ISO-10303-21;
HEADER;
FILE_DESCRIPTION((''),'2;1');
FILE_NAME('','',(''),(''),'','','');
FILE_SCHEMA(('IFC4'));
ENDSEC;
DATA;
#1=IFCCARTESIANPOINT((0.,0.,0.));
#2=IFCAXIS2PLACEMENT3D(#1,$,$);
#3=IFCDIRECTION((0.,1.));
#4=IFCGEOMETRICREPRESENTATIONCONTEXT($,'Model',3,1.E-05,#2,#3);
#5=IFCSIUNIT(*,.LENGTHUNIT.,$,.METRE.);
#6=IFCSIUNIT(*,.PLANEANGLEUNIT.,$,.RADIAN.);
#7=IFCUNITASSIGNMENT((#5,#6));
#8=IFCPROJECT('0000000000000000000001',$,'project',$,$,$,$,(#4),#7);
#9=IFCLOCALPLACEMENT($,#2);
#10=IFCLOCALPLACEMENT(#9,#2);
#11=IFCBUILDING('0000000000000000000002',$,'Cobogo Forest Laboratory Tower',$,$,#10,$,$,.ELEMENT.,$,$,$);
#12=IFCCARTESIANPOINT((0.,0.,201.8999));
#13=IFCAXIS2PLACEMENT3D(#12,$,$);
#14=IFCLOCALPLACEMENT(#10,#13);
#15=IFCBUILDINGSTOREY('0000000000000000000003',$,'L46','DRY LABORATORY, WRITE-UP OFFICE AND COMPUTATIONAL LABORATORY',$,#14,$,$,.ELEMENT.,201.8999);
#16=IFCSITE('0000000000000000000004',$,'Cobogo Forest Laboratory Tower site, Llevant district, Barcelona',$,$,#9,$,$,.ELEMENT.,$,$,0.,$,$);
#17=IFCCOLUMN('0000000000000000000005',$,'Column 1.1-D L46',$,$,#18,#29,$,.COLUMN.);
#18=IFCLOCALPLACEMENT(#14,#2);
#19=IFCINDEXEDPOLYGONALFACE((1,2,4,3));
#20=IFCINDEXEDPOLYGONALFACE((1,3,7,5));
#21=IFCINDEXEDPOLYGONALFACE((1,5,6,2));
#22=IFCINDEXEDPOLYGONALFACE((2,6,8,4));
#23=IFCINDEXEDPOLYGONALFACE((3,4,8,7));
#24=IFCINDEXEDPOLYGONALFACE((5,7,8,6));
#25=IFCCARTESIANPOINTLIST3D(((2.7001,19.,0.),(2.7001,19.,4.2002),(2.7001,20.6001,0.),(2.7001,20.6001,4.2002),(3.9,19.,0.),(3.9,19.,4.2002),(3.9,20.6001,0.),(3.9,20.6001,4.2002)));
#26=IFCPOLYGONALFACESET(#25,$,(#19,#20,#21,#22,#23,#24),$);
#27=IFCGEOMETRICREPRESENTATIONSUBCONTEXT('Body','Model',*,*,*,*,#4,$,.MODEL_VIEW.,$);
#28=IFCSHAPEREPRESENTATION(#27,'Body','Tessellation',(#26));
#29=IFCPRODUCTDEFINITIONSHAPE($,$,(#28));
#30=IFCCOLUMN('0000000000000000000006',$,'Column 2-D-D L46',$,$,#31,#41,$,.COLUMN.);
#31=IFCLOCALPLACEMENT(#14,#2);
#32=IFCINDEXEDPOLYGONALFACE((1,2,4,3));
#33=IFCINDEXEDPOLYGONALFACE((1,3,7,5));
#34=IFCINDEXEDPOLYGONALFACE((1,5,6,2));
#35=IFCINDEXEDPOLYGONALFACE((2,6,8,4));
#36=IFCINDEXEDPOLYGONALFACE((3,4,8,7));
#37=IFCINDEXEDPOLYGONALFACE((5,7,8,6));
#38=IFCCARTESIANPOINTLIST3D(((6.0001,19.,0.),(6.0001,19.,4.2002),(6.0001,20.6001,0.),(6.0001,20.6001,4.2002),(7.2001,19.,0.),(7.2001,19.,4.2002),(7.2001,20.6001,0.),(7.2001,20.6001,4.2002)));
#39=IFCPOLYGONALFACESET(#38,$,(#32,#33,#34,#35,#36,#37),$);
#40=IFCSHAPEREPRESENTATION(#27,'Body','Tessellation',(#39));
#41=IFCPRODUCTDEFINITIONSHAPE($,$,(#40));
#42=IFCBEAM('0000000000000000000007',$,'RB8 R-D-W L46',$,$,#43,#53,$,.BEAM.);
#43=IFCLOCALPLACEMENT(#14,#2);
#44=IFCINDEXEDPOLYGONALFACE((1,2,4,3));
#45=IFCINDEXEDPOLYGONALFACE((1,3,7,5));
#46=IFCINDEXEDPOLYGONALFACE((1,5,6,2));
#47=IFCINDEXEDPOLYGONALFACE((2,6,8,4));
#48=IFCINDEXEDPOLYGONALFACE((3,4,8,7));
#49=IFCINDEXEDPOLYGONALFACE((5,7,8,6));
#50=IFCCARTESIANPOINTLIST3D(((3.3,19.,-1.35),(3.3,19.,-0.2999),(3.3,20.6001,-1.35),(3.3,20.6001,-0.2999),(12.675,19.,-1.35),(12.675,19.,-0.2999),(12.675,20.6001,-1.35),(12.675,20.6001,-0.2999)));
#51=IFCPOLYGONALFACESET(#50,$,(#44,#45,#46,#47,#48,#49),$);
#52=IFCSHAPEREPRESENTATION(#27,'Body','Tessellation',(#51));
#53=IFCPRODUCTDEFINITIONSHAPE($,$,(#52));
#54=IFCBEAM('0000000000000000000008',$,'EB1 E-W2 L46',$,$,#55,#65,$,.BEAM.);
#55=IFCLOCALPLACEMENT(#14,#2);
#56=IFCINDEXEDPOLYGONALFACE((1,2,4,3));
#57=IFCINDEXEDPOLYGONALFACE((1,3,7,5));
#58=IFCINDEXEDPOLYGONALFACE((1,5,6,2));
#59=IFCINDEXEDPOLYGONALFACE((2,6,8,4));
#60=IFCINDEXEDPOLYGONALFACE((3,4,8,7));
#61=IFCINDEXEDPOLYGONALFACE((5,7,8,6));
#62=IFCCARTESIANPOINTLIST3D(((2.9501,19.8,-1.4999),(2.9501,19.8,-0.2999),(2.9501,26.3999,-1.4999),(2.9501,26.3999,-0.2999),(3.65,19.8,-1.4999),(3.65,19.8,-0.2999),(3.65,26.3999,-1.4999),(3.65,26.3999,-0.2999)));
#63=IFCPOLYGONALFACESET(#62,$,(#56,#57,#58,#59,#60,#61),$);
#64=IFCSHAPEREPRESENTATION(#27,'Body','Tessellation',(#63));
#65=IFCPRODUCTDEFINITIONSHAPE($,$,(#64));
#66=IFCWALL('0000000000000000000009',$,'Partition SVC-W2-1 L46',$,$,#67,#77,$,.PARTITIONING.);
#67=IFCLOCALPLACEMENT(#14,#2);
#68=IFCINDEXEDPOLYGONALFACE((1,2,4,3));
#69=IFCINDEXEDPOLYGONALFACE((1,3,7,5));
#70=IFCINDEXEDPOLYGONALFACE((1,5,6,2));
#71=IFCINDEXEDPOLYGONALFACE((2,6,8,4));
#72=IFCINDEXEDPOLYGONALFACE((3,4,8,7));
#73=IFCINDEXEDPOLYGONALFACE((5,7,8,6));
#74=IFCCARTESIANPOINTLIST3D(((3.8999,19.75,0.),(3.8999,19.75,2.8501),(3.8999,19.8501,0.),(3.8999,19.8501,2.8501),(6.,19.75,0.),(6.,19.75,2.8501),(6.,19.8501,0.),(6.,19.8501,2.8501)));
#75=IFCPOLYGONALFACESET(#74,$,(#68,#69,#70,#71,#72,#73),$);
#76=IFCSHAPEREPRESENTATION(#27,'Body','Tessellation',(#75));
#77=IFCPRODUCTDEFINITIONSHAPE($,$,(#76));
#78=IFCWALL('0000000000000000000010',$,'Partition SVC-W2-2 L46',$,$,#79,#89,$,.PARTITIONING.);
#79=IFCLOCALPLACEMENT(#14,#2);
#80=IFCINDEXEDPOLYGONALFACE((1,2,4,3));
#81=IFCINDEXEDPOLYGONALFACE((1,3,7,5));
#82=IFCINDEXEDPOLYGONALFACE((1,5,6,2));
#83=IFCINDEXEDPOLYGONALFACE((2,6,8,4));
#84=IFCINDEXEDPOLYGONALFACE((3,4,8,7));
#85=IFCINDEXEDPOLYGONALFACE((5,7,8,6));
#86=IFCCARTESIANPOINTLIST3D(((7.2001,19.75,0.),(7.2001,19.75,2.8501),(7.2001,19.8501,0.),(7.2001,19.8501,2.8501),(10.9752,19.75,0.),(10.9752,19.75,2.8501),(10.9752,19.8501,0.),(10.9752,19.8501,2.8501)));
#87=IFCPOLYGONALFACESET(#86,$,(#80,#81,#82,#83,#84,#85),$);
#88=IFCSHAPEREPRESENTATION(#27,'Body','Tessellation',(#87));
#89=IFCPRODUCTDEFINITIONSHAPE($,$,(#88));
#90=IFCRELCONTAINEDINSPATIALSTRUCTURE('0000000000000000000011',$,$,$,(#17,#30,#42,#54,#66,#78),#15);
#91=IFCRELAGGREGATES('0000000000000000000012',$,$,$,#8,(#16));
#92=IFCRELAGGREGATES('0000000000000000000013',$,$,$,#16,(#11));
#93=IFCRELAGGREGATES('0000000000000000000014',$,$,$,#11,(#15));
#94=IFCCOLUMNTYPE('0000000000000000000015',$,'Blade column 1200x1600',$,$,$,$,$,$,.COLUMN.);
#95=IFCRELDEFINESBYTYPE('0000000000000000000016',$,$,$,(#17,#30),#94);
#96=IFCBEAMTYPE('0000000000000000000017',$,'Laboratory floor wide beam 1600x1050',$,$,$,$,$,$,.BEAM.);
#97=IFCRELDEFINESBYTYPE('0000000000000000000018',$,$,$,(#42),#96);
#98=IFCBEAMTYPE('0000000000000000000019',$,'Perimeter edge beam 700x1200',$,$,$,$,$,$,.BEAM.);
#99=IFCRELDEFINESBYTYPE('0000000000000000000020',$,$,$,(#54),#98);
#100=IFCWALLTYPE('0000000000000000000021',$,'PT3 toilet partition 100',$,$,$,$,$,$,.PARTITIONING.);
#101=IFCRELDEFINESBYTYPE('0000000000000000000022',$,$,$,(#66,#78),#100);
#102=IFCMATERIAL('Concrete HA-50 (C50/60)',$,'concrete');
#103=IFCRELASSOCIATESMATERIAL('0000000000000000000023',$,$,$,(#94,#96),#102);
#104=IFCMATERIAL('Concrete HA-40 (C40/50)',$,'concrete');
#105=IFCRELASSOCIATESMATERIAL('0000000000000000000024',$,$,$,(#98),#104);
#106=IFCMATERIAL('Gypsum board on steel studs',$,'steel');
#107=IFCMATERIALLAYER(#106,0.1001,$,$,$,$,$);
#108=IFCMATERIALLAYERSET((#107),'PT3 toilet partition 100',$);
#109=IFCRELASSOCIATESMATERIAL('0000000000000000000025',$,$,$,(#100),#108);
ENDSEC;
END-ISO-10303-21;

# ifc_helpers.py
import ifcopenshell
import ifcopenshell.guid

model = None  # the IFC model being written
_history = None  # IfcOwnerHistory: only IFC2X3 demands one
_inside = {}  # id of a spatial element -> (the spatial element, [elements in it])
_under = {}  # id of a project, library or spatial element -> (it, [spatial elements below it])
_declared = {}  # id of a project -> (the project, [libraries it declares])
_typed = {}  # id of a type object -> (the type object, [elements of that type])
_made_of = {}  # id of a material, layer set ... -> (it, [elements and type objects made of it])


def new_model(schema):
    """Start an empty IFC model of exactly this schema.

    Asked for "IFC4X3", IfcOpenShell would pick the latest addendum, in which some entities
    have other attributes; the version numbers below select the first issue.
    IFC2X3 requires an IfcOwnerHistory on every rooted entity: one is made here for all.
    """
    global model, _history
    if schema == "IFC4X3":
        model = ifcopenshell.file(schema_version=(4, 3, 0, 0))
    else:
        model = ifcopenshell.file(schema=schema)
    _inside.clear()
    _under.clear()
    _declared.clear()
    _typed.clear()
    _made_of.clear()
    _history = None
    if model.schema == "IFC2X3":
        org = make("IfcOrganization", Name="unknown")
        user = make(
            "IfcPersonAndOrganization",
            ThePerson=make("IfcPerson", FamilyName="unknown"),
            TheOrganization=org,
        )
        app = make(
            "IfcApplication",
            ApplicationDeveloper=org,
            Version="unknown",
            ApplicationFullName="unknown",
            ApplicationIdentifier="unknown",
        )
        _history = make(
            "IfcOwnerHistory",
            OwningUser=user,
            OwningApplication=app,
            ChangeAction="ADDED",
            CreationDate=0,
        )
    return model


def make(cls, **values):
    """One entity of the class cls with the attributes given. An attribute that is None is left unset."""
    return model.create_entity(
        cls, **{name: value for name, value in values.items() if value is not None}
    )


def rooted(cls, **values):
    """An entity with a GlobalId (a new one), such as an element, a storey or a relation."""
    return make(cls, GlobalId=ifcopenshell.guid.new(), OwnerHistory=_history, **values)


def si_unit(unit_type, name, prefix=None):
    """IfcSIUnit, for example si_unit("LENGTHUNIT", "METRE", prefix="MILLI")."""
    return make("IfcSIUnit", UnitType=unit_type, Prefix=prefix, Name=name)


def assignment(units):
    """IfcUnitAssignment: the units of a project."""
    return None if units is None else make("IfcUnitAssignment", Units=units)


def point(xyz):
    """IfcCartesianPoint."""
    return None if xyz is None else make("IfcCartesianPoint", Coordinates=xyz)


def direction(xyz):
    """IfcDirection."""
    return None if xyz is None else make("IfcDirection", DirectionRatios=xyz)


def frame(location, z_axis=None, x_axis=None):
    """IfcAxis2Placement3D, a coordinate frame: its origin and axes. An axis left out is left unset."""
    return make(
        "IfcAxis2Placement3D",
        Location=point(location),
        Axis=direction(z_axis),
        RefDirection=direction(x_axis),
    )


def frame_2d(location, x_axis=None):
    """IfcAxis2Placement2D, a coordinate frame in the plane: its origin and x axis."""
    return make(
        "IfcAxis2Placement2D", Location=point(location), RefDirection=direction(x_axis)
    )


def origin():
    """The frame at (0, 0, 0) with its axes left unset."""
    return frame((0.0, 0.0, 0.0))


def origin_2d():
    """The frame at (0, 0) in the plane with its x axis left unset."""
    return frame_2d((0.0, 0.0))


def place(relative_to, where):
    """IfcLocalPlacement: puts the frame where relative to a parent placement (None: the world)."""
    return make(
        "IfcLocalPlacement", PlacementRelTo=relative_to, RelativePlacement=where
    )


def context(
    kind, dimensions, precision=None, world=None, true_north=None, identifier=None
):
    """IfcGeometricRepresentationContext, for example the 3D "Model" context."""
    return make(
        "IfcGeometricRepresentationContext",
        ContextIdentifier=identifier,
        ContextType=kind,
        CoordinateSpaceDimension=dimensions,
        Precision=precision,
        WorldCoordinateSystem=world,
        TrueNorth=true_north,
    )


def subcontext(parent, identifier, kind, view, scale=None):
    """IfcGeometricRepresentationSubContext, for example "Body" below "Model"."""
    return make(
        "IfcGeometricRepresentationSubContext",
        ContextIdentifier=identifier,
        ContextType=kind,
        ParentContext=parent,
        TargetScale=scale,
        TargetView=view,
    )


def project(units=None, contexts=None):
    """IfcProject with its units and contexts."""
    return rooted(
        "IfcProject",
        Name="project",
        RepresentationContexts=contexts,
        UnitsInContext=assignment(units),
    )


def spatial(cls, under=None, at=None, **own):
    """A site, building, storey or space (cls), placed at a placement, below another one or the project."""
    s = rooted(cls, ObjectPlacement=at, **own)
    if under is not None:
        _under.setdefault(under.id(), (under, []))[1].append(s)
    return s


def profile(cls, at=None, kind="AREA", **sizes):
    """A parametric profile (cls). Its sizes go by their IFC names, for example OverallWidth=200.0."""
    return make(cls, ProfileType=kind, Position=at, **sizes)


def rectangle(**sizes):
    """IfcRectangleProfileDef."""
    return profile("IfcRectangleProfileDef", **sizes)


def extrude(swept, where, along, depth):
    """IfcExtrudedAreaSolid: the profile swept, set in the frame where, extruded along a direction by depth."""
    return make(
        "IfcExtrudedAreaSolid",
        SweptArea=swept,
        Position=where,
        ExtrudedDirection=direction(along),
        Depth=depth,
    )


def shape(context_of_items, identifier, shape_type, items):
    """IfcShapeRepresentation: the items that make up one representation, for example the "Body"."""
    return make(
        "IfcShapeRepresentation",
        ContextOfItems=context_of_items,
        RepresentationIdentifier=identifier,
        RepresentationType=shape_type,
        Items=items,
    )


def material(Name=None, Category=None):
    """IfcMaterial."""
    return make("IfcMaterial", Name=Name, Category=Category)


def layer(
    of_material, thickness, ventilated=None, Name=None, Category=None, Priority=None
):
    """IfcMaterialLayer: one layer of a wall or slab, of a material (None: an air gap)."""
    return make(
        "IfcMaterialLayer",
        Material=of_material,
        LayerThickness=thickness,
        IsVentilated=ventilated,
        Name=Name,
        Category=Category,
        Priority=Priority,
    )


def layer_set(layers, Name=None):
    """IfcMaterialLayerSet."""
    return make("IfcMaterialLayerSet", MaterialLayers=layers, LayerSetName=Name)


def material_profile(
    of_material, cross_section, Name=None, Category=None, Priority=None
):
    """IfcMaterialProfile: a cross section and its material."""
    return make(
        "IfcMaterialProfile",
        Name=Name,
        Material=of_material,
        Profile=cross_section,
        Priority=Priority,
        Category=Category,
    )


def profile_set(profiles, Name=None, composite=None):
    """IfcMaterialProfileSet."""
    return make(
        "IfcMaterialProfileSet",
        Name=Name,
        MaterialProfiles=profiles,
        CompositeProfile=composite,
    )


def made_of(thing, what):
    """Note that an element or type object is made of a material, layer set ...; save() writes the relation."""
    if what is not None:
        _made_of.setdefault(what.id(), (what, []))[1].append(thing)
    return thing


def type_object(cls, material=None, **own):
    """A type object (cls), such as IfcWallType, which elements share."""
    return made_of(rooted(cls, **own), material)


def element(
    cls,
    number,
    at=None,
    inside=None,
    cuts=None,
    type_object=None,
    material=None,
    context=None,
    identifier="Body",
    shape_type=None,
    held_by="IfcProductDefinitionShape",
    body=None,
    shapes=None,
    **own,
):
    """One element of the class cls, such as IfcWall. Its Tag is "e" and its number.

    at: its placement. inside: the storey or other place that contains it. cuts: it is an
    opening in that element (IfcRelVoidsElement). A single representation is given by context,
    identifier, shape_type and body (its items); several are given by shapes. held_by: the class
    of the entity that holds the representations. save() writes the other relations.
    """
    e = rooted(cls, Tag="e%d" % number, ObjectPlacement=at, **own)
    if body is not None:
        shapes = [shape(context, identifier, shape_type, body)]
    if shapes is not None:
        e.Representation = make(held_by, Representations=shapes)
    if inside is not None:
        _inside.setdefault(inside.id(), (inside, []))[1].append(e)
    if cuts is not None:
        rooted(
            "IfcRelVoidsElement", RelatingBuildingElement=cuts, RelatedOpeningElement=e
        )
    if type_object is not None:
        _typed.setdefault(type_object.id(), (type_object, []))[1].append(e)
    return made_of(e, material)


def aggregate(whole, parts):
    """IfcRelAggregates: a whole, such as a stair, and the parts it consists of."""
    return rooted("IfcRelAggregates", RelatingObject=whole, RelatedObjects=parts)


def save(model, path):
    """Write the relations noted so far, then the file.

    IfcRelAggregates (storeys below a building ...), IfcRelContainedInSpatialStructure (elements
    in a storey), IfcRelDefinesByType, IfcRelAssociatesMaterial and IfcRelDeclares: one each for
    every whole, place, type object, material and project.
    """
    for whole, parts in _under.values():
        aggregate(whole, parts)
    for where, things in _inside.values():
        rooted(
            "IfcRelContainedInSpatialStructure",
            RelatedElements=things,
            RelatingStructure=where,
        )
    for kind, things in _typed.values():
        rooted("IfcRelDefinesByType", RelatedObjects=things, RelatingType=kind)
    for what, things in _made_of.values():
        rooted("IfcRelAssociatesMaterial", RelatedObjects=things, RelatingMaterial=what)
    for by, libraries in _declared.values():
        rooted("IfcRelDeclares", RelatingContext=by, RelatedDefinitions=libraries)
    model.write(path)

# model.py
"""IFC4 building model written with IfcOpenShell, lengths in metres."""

from ifc_helpers import new_model, si_unit, direction, frame, frame_2d, origin, origin_2d, place, context, subcontext, project, spatial, rectangle, extrude, material, layer, layer_set, material_profile, profile_set, type_object, element, save


model = new_model("IFC4")

# Units and contexts
model_context = context("Model", 3, precision=1e-05, world=origin(), true_north=direction((0.0, 1.0)))
body_context = subcontext(model_context, "Body", "Model", "MODEL_VIEW")
ifc_project = project(units=[si_unit("LENGTHUNIT", "METRE"), si_unit("PLANEANGLEUNIT", "RADIAN")], contexts=[model_context])

# Site, building, storey
site_placement = place(None, origin())
site = spatial("IfcSite", under=ifc_project, at=site_placement, Name="Cobogo Forest Laboratory Tower site, Llevant district, Barcelona", CompositionType="ELEMENT", RefElevation=0.0)
building_placement = place(site_placement, origin())
building = spatial("IfcBuilding", under=site, at=building_placement, Name="Cobogo Forest Laboratory Tower", CompositionType="ELEMENT")
storey_placement = place(building_placement, frame((0.0, 0.0, 201.8999)))
storey = spatial("IfcBuildingStorey", under=building, at=storey_placement, Name="L46", Description="DRY LABORATORY, WRITE-UP OFFICE AND COMPUTATIONAL LABORATORY", CompositionType="ELEMENT", Elevation=201.8999)

# Columns
ifc_material_1 = material(Name="Concrete HA-50 (C50/60)", Category="concrete")
ifc_material_profile_1 = material_profile(ifc_material_1, rectangle(XDim=1.6001, YDim=1.2, at=origin_2d()), Name="RC 1200x1600")
ifc_profile_set_1 = profile_set([ifc_material_profile_1], Name="Concrete HA-50 (C50/60)")
column_type = type_object("IfcColumnType", Name="Blade column 1200x1600", PredefinedType="COLUMN", material=ifc_profile_set_1)
for number, where, z_axis, x_axis, name in (
    (1, (3.3, 19.8, 0.0), (0.0, 0.0, 1.0), (0.0, 1.0, 0.0), "Column 1.1-D L46"),
    (2, (6.6001, 19.8, 0.0), (0.0, 0.0, 1.0), (0.0, 1.0, 0.0), "Column 2-D-D L46"),
):
    element("IfcColumn", number, at=place(storey_placement, frame(where, z_axis=z_axis, x_axis=x_axis)), inside=storey, type_object=column_type, Name=name, PredefinedType="COLUMN", context=body_context, shape_type="SweptSolid", body=[
        extrude(rectangle(XDim=1.6001, YDim=1.2, at=origin_2d()), origin(), (0.0, 0.0, 1.0), 4.2002),
    ])

# Beams
ifc_material_profile_2 = material_profile(ifc_material_1, rectangle(XDim=1.6001, YDim=1.05, at=origin_2d()), Name="RC 1600x1050")
ifc_profile_set_2 = profile_set([ifc_material_profile_2], Name="Concrete HA-50 (C50/60)")
beam_type_1 = type_object("IfcBeamType", Name="Laboratory floor wide beam 1600x1050", PredefinedType="BEAM", material=ifc_profile_set_2)
beam_1_placement = place(storey_placement, frame((12.675, 19.8, -0.825), z_axis=(-1.0, 0.0, 0.0), x_axis=(0.0, -1.0, 0.0)))
element("IfcBeam", 3, at=beam_1_placement, inside=storey, type_object=beam_type_1, Name="RB8 R-D-W L46", PredefinedType="BEAM", context=body_context, shape_type="SweptSolid", body=[
    extrude(rectangle(XDim=1.6001, YDim=1.05, at=origin_2d()), origin(), (0.0, 0.0, 1.0), 9.375),
])
ifc_material_2 = material(Name="Concrete HA-40 (C40/50)", Category="concrete")
ifc_material_profile_3 = material_profile(ifc_material_2, rectangle(XDim=0.7, YDim=1.2, at=origin_2d()), Name="RC 700x1200")
ifc_profile_set_3 = profile_set([ifc_material_profile_3], Name="Concrete HA-40 (C40/50)")
beam_type_2 = type_object("IfcBeamType", Name="Perimeter edge beam 700x1200", PredefinedType="BEAM", material=ifc_profile_set_3)
beam_2_placement = place(storey_placement, frame((3.3, 19.8, -0.8999), z_axis=(0.0, 1.0, 0.0), x_axis=(-1.0, 0.0, 0.0)))
element("IfcBeam", 4, at=beam_2_placement, inside=storey, type_object=beam_type_2, Name="EB1 E-W2 L46", PredefinedType="BEAM", context=body_context, shape_type="SweptSolid", body=[
    extrude(rectangle(XDim=0.7, YDim=1.2, at=origin_2d()), origin(), (0.0, 0.0, 1.0), 6.5999),
])

# Walls
ifc_material_3 = material(Name="Gypsum board on steel studs", Category="steel")
ifc_layer = layer(ifc_material_3, 0.1001)
ifc_layer_set = layer_set([ifc_layer], Name="PT3 toilet partition 100")
wall_type = type_object("IfcWallType", Name="PT3 toilet partition 100", PredefinedType="PARTITIONING", material=ifc_layer_set)
wall_1_placement = place(storey_placement, frame((3.8999, 19.8, 0.0), z_axis=(0.0, 0.0, 1.0), x_axis=(1.0, 0.0, 0.0)))
element("IfcWall", 5, at=wall_1_placement, inside=storey, type_object=wall_type, Name="Partition SVC-W2-1 L46", PredefinedType="PARTITIONING", context=body_context, shape_type="SweptSolid", body=[
    extrude(rectangle(XDim=2.1001, YDim=0.1001, at=frame_2d((1.05, 0.0))), origin(), (0.0, 0.0, 1.0), 2.8501),
])
wall_2_placement = place(storey_placement, frame((7.2, 19.8, 0.0), z_axis=(0.0, 0.0, 1.0), x_axis=(1.0, 0.0, 0.0)))
element("IfcWall", 6, at=wall_2_placement, inside=storey, type_object=wall_type, Name="Partition SVC-W2-2 L46", PredefinedType="PARTITIONING", context=body_context, shape_type="SweptSolid", body=[
    extrude(rectangle(XDim=3.7751, YDim=0.1001, at=frame_2d((1.8877, 0.0))), origin(), (0.0, 0.0, 1.0), 2.8501),
])

save(model, "model.ifc")
